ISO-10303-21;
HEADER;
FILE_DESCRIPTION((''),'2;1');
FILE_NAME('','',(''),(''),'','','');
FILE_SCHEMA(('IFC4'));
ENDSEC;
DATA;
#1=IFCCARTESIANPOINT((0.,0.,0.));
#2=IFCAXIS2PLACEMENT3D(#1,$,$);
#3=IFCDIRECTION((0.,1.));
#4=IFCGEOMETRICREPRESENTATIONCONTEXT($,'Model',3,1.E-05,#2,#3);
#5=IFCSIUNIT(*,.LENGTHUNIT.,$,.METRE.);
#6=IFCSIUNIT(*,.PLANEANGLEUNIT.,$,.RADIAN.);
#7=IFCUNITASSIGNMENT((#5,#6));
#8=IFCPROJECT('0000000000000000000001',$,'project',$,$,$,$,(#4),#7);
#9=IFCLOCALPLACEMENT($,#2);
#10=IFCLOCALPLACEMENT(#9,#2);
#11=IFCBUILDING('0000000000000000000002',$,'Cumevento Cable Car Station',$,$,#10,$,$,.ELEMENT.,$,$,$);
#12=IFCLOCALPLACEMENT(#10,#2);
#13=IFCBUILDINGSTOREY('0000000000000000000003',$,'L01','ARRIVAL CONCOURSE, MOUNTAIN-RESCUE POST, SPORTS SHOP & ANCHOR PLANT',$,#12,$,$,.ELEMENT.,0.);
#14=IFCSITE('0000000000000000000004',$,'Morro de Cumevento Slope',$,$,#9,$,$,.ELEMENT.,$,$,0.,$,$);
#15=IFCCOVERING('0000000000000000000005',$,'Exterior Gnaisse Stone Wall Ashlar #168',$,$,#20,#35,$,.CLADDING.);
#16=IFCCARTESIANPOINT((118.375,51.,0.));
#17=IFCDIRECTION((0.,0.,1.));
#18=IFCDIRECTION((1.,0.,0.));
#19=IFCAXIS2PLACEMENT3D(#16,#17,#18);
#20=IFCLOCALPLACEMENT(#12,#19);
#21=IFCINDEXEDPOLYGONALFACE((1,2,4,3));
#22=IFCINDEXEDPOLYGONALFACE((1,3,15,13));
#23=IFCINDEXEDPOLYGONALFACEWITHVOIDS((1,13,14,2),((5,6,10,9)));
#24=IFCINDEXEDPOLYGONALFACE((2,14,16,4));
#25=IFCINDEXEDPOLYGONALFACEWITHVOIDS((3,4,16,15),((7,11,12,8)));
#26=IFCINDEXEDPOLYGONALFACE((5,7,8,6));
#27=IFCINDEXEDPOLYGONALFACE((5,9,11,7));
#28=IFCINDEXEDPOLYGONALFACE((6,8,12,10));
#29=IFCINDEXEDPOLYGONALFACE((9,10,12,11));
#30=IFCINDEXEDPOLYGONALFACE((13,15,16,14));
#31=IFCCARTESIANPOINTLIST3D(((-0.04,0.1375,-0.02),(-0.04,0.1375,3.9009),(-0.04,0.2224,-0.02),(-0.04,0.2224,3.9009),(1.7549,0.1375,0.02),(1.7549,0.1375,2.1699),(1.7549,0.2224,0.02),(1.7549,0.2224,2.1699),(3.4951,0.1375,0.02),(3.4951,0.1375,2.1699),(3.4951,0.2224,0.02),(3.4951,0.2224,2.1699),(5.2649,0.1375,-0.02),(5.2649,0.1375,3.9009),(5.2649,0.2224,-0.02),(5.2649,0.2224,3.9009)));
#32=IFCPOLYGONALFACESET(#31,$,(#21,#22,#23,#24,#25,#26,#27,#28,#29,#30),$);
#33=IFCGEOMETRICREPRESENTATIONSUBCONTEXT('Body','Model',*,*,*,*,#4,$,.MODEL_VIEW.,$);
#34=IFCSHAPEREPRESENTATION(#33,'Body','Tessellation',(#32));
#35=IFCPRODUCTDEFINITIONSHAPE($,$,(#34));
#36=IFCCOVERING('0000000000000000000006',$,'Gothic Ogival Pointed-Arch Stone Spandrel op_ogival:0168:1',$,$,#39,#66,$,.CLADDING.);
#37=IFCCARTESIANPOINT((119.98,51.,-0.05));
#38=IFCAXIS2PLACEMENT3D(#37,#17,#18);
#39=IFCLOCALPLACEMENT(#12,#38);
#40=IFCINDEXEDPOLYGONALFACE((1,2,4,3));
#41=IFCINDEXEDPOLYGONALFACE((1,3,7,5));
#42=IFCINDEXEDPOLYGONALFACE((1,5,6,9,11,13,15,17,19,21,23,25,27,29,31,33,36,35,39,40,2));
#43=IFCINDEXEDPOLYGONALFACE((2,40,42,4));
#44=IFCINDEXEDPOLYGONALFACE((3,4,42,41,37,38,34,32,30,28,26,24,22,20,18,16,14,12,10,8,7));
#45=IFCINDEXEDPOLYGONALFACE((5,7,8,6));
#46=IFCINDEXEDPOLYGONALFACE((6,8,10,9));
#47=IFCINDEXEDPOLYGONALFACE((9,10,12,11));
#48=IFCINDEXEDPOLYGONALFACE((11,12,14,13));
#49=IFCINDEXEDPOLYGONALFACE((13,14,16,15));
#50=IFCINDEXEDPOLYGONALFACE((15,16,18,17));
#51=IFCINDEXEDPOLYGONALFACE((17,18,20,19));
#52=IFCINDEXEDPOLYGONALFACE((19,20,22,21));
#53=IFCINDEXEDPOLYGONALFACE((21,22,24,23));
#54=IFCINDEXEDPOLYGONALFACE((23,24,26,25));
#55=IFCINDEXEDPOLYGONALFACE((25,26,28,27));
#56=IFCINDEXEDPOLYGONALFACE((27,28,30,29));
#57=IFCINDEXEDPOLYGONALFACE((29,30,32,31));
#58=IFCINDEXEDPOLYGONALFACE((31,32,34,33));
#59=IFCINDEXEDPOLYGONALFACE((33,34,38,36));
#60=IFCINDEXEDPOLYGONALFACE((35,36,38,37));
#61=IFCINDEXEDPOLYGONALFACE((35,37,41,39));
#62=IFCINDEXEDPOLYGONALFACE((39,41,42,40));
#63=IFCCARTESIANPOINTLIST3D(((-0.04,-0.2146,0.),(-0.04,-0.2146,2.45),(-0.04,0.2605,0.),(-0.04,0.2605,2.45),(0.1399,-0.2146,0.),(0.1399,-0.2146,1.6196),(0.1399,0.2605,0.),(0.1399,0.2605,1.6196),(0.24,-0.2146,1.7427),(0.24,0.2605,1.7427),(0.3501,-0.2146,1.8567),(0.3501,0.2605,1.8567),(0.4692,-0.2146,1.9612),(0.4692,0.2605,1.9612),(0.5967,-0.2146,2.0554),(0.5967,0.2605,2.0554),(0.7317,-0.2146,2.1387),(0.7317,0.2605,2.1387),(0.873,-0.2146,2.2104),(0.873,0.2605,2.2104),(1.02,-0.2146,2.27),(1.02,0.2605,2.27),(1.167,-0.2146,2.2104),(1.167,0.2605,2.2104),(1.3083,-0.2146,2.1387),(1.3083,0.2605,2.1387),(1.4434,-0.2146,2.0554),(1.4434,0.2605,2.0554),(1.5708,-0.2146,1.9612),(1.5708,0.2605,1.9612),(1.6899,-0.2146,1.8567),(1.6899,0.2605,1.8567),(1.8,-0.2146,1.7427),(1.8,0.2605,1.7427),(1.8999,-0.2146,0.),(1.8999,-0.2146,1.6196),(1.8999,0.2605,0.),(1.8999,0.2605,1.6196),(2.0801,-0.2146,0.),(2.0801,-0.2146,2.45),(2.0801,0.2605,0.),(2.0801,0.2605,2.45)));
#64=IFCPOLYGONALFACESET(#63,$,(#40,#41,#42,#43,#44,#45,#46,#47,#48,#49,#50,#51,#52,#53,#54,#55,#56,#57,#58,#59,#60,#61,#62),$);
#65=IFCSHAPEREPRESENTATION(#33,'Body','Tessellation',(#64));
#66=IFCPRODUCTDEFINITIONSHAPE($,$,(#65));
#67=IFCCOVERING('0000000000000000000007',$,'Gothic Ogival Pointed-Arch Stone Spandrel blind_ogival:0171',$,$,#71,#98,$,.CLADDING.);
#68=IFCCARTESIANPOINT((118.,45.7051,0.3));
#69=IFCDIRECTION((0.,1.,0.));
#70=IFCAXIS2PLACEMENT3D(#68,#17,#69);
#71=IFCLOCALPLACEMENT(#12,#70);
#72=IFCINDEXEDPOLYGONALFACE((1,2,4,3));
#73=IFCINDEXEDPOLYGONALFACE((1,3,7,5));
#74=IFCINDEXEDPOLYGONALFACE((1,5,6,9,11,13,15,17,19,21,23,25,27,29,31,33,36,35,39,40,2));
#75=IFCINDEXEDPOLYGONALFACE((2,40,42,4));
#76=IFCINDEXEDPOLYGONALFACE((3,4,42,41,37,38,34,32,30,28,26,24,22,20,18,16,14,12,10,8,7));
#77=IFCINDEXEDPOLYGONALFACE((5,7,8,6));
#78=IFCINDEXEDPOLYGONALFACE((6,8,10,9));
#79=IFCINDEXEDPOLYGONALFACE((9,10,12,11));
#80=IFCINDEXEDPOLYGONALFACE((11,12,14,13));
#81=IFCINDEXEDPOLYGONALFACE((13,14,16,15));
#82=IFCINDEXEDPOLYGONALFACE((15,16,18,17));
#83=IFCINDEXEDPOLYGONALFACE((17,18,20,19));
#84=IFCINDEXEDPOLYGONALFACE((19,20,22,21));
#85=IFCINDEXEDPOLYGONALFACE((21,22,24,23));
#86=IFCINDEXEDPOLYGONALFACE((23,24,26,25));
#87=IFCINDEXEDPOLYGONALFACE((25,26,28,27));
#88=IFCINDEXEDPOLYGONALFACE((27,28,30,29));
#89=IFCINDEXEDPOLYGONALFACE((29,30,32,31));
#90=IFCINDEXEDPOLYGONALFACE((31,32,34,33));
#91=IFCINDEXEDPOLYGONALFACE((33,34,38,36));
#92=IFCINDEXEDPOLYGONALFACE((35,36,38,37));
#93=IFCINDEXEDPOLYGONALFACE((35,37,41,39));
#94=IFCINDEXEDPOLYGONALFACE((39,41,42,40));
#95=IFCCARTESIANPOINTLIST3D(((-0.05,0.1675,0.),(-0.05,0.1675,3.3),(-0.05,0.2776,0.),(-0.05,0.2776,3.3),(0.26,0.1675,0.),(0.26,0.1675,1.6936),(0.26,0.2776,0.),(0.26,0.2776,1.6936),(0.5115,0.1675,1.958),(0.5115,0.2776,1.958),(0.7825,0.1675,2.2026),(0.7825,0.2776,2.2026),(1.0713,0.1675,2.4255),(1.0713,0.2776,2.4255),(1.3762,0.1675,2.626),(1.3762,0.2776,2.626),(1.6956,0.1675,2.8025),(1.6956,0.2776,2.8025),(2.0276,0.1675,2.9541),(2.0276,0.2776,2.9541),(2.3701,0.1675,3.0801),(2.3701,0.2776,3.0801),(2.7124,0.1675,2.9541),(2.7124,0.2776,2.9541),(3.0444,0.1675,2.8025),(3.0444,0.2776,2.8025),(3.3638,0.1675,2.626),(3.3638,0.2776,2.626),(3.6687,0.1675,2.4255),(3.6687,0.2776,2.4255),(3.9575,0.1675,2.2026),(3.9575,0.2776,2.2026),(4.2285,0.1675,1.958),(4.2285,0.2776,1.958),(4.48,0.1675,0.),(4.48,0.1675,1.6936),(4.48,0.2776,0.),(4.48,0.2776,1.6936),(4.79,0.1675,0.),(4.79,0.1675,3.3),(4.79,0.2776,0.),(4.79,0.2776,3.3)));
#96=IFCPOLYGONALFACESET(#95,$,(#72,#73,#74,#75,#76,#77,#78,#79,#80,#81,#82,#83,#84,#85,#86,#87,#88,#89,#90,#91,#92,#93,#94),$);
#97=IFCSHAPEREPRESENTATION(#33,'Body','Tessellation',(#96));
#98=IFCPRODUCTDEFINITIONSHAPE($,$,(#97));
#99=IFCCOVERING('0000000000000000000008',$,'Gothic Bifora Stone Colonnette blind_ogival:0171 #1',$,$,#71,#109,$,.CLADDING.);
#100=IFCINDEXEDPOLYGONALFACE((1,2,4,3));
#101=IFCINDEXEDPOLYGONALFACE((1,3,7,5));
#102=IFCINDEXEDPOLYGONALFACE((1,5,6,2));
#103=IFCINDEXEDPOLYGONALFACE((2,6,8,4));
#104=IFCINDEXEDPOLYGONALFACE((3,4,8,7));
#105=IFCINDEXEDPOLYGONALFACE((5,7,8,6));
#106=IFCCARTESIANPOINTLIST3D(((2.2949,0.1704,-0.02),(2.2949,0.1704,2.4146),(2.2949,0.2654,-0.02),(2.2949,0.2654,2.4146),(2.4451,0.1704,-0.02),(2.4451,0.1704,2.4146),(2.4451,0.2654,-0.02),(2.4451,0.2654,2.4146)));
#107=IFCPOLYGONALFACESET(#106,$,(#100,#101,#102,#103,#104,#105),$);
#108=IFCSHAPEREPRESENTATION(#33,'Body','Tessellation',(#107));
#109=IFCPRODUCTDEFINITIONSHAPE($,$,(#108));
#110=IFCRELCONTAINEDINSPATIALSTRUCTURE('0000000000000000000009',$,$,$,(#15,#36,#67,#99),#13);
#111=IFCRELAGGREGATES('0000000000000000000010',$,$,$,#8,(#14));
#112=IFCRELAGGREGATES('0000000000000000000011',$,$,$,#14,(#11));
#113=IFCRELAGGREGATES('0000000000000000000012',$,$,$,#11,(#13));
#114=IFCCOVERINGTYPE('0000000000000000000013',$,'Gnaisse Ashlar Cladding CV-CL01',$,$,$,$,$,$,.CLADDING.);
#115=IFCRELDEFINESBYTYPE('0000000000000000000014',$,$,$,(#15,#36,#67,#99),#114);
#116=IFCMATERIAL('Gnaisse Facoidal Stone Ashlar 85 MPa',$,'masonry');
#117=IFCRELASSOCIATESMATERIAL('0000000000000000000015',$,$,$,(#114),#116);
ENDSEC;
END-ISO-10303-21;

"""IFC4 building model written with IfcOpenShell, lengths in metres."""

from ifc_helpers import new_model, si_unit, direction, frame, origin, place, context, subcontext, project, spatial, polyline, outline, extrude, material, type_object, element, save


model = new_model("IFC4")

# Units and contexts
model_context = context("Model", 3, precision=1e-05, world=origin(), true_north=direction((0.0, 1.0)))
body_context = subcontext(model_context, "Body", "Model", "MODEL_VIEW")
ifc_project = project(units=[si_unit("LENGTHUNIT", "METRE"), si_unit("PLANEANGLEUNIT", "RADIAN")], contexts=[model_context])

# Site, building, storey
site_placement = place(None, origin())
site = spatial("IfcSite", under=ifc_project, at=site_placement, Name="Morro de Cumevento Slope", CompositionType="ELEMENT", RefElevation=0.0)
building_placement = place(site_placement, origin())
building = spatial("IfcBuilding", under=site, at=building_placement, Name="Cumevento Cable Car Station", CompositionType="ELEMENT")
storey_placement = place(building_placement, origin())
storey = spatial("IfcBuildingStorey", under=building, at=storey_placement, Name="L01", Description="ARRIVAL CONCOURSE, MOUNTAIN-RESCUE POST, SPORTS SHOP & ANCHOR PLANT", CompositionType="ELEMENT", Elevation=0.0)

# Coverings
ifc_material_1 = material(Name="Gnaisse Facoidal Stone Ashlar 85 MPa", Category="masonry")
covering_type = type_object("IfcCoveringType", Name="Gnaisse Ashlar Cladding CV-CL01", PredefinedType="CLADDING", material=ifc_material_1)
covering_1_placement = place(storey_placement, frame((118.375, 51.0, 0.0), z_axis=(0.0, 0.0, 1.0), x_axis=(1.0, 0.0, 0.0)))
element("IfcCovering", 1, at=covering_1_placement, inside=storey, type_object=covering_type, Name="Exterior Gnaisse Stone Wall Ashlar #168", PredefinedType="CLADDING", context=body_context, shape_type="SweptSolid", body=[
    extrude(outline(polyline([(-0.04, -0.02), (5.2649, -0.02), (5.2649, 3.9009), (-0.04, 3.9009), (-0.04, -0.02)]), holes=[polyline([(1.7549, 0.02), (3.4951, 0.02), (3.4951, 2.1699), (1.7549, 2.1699), (1.7549, 0.02)])]), frame((0.0, 0.2224, 0.0), z_axis=(0.0, -1.0, 0.0), x_axis=(1.0, 0.0, 0.0)), (0.0, 0.0, 1.0), 0.085),
])
covering_2_placement = place(storey_placement, frame((119.98, 51.0, -0.05), z_axis=(0.0, 0.0, 1.0), x_axis=(1.0, 0.0, 0.0)))
element("IfcCovering", 2, at=covering_2_placement, inside=storey, type_object=covering_type, Name="Gothic Ogival Pointed-Arch Stone Spandrel op_ogival:0168:1", PredefinedType="CLADDING", context=body_context, shape_type="SweptSolid", body=[
    extrude(outline(polyline([(-0.04, 0.0), (-0.04, 2.45), (2.0801, 2.45), (2.0801, 0.0), (1.8999, 0.0), (1.8999, 1.6196), (1.8, 1.7427), (1.6899, 1.8567), (1.5708, 1.9612), (1.4434, 2.0554), (1.3083, 2.1387), (1.167, 2.2104), (1.02, 2.27), (0.873, 2.2104), (0.7317, 2.1387), (0.5967, 2.0554), (0.4692, 1.9612), (0.3501, 1.8567), (0.24, 1.7427), (0.1399, 1.6196), (0.1399, 0.0), (-0.04, 0.0)])), frame((0.0, 0.2605, 0.0), z_axis=(0.0, -1.0, 0.0), x_axis=(1.0, 0.0, 0.0)), (0.0, 0.0, 1.0), 0.4751),
])
placement = place(storey_placement, frame((118.0, 45.7051, 0.3), z_axis=(0.0, 0.0, 1.0), x_axis=(0.0, 1.0, 0.0)))
element("IfcCovering", 3, at=placement, inside=storey, type_object=covering_type, Name="Gothic Ogival Pointed-Arch Stone Spandrel blind_ogival:0171", PredefinedType="CLADDING", context=body_context, shape_type="SweptSolid", body=[
    extrude(outline(polyline([(-0.05, 0.0), (-0.05, 3.3), (4.79, 3.3), (4.79, 0.0), (4.48, 0.0), (4.48, 1.6936), (4.2285, 1.958), (3.9575, 2.2026), (3.6687, 2.4255), (3.3638, 2.626), (3.0444, 2.8025), (2.7124, 2.9541), (2.3701, 3.0801), (2.0276, 2.9541), (1.6956, 2.8025), (1.3762, 2.626), (1.0713, 2.4255), (0.7825, 2.2026), (0.5115, 1.958), (0.26, 1.6936), (0.26, 0.0), (-0.05, 0.0)])), frame((0.0, 0.2776, 0.0), z_axis=(0.0, -1.0, 0.0), x_axis=(1.0, 0.0, 0.0)), (0.0, 0.0, 1.0), 0.1101),
])
element("IfcCovering", 4, at=placement, inside=storey, type_object=covering_type, Name="Gothic Bifora Stone Colonnette blind_ogival:0171 #1", PredefinedType="CLADDING", context=body_context, shape_type="SweptSolid", body=[
    extrude(outline(polyline([(2.2949, -0.02), (2.4451, -0.02), (2.4451, 2.4146), (2.2949, 2.4146), (2.2949, -0.02)])), frame((0.0, 0.2654, 0.0), z_axis=(0.0, -1.0, 0.0), x_axis=(1.0, 0.0, 0.0)), (0.0, 0.0, 1.0), 0.095),
])

save(model, "model.ifc")
